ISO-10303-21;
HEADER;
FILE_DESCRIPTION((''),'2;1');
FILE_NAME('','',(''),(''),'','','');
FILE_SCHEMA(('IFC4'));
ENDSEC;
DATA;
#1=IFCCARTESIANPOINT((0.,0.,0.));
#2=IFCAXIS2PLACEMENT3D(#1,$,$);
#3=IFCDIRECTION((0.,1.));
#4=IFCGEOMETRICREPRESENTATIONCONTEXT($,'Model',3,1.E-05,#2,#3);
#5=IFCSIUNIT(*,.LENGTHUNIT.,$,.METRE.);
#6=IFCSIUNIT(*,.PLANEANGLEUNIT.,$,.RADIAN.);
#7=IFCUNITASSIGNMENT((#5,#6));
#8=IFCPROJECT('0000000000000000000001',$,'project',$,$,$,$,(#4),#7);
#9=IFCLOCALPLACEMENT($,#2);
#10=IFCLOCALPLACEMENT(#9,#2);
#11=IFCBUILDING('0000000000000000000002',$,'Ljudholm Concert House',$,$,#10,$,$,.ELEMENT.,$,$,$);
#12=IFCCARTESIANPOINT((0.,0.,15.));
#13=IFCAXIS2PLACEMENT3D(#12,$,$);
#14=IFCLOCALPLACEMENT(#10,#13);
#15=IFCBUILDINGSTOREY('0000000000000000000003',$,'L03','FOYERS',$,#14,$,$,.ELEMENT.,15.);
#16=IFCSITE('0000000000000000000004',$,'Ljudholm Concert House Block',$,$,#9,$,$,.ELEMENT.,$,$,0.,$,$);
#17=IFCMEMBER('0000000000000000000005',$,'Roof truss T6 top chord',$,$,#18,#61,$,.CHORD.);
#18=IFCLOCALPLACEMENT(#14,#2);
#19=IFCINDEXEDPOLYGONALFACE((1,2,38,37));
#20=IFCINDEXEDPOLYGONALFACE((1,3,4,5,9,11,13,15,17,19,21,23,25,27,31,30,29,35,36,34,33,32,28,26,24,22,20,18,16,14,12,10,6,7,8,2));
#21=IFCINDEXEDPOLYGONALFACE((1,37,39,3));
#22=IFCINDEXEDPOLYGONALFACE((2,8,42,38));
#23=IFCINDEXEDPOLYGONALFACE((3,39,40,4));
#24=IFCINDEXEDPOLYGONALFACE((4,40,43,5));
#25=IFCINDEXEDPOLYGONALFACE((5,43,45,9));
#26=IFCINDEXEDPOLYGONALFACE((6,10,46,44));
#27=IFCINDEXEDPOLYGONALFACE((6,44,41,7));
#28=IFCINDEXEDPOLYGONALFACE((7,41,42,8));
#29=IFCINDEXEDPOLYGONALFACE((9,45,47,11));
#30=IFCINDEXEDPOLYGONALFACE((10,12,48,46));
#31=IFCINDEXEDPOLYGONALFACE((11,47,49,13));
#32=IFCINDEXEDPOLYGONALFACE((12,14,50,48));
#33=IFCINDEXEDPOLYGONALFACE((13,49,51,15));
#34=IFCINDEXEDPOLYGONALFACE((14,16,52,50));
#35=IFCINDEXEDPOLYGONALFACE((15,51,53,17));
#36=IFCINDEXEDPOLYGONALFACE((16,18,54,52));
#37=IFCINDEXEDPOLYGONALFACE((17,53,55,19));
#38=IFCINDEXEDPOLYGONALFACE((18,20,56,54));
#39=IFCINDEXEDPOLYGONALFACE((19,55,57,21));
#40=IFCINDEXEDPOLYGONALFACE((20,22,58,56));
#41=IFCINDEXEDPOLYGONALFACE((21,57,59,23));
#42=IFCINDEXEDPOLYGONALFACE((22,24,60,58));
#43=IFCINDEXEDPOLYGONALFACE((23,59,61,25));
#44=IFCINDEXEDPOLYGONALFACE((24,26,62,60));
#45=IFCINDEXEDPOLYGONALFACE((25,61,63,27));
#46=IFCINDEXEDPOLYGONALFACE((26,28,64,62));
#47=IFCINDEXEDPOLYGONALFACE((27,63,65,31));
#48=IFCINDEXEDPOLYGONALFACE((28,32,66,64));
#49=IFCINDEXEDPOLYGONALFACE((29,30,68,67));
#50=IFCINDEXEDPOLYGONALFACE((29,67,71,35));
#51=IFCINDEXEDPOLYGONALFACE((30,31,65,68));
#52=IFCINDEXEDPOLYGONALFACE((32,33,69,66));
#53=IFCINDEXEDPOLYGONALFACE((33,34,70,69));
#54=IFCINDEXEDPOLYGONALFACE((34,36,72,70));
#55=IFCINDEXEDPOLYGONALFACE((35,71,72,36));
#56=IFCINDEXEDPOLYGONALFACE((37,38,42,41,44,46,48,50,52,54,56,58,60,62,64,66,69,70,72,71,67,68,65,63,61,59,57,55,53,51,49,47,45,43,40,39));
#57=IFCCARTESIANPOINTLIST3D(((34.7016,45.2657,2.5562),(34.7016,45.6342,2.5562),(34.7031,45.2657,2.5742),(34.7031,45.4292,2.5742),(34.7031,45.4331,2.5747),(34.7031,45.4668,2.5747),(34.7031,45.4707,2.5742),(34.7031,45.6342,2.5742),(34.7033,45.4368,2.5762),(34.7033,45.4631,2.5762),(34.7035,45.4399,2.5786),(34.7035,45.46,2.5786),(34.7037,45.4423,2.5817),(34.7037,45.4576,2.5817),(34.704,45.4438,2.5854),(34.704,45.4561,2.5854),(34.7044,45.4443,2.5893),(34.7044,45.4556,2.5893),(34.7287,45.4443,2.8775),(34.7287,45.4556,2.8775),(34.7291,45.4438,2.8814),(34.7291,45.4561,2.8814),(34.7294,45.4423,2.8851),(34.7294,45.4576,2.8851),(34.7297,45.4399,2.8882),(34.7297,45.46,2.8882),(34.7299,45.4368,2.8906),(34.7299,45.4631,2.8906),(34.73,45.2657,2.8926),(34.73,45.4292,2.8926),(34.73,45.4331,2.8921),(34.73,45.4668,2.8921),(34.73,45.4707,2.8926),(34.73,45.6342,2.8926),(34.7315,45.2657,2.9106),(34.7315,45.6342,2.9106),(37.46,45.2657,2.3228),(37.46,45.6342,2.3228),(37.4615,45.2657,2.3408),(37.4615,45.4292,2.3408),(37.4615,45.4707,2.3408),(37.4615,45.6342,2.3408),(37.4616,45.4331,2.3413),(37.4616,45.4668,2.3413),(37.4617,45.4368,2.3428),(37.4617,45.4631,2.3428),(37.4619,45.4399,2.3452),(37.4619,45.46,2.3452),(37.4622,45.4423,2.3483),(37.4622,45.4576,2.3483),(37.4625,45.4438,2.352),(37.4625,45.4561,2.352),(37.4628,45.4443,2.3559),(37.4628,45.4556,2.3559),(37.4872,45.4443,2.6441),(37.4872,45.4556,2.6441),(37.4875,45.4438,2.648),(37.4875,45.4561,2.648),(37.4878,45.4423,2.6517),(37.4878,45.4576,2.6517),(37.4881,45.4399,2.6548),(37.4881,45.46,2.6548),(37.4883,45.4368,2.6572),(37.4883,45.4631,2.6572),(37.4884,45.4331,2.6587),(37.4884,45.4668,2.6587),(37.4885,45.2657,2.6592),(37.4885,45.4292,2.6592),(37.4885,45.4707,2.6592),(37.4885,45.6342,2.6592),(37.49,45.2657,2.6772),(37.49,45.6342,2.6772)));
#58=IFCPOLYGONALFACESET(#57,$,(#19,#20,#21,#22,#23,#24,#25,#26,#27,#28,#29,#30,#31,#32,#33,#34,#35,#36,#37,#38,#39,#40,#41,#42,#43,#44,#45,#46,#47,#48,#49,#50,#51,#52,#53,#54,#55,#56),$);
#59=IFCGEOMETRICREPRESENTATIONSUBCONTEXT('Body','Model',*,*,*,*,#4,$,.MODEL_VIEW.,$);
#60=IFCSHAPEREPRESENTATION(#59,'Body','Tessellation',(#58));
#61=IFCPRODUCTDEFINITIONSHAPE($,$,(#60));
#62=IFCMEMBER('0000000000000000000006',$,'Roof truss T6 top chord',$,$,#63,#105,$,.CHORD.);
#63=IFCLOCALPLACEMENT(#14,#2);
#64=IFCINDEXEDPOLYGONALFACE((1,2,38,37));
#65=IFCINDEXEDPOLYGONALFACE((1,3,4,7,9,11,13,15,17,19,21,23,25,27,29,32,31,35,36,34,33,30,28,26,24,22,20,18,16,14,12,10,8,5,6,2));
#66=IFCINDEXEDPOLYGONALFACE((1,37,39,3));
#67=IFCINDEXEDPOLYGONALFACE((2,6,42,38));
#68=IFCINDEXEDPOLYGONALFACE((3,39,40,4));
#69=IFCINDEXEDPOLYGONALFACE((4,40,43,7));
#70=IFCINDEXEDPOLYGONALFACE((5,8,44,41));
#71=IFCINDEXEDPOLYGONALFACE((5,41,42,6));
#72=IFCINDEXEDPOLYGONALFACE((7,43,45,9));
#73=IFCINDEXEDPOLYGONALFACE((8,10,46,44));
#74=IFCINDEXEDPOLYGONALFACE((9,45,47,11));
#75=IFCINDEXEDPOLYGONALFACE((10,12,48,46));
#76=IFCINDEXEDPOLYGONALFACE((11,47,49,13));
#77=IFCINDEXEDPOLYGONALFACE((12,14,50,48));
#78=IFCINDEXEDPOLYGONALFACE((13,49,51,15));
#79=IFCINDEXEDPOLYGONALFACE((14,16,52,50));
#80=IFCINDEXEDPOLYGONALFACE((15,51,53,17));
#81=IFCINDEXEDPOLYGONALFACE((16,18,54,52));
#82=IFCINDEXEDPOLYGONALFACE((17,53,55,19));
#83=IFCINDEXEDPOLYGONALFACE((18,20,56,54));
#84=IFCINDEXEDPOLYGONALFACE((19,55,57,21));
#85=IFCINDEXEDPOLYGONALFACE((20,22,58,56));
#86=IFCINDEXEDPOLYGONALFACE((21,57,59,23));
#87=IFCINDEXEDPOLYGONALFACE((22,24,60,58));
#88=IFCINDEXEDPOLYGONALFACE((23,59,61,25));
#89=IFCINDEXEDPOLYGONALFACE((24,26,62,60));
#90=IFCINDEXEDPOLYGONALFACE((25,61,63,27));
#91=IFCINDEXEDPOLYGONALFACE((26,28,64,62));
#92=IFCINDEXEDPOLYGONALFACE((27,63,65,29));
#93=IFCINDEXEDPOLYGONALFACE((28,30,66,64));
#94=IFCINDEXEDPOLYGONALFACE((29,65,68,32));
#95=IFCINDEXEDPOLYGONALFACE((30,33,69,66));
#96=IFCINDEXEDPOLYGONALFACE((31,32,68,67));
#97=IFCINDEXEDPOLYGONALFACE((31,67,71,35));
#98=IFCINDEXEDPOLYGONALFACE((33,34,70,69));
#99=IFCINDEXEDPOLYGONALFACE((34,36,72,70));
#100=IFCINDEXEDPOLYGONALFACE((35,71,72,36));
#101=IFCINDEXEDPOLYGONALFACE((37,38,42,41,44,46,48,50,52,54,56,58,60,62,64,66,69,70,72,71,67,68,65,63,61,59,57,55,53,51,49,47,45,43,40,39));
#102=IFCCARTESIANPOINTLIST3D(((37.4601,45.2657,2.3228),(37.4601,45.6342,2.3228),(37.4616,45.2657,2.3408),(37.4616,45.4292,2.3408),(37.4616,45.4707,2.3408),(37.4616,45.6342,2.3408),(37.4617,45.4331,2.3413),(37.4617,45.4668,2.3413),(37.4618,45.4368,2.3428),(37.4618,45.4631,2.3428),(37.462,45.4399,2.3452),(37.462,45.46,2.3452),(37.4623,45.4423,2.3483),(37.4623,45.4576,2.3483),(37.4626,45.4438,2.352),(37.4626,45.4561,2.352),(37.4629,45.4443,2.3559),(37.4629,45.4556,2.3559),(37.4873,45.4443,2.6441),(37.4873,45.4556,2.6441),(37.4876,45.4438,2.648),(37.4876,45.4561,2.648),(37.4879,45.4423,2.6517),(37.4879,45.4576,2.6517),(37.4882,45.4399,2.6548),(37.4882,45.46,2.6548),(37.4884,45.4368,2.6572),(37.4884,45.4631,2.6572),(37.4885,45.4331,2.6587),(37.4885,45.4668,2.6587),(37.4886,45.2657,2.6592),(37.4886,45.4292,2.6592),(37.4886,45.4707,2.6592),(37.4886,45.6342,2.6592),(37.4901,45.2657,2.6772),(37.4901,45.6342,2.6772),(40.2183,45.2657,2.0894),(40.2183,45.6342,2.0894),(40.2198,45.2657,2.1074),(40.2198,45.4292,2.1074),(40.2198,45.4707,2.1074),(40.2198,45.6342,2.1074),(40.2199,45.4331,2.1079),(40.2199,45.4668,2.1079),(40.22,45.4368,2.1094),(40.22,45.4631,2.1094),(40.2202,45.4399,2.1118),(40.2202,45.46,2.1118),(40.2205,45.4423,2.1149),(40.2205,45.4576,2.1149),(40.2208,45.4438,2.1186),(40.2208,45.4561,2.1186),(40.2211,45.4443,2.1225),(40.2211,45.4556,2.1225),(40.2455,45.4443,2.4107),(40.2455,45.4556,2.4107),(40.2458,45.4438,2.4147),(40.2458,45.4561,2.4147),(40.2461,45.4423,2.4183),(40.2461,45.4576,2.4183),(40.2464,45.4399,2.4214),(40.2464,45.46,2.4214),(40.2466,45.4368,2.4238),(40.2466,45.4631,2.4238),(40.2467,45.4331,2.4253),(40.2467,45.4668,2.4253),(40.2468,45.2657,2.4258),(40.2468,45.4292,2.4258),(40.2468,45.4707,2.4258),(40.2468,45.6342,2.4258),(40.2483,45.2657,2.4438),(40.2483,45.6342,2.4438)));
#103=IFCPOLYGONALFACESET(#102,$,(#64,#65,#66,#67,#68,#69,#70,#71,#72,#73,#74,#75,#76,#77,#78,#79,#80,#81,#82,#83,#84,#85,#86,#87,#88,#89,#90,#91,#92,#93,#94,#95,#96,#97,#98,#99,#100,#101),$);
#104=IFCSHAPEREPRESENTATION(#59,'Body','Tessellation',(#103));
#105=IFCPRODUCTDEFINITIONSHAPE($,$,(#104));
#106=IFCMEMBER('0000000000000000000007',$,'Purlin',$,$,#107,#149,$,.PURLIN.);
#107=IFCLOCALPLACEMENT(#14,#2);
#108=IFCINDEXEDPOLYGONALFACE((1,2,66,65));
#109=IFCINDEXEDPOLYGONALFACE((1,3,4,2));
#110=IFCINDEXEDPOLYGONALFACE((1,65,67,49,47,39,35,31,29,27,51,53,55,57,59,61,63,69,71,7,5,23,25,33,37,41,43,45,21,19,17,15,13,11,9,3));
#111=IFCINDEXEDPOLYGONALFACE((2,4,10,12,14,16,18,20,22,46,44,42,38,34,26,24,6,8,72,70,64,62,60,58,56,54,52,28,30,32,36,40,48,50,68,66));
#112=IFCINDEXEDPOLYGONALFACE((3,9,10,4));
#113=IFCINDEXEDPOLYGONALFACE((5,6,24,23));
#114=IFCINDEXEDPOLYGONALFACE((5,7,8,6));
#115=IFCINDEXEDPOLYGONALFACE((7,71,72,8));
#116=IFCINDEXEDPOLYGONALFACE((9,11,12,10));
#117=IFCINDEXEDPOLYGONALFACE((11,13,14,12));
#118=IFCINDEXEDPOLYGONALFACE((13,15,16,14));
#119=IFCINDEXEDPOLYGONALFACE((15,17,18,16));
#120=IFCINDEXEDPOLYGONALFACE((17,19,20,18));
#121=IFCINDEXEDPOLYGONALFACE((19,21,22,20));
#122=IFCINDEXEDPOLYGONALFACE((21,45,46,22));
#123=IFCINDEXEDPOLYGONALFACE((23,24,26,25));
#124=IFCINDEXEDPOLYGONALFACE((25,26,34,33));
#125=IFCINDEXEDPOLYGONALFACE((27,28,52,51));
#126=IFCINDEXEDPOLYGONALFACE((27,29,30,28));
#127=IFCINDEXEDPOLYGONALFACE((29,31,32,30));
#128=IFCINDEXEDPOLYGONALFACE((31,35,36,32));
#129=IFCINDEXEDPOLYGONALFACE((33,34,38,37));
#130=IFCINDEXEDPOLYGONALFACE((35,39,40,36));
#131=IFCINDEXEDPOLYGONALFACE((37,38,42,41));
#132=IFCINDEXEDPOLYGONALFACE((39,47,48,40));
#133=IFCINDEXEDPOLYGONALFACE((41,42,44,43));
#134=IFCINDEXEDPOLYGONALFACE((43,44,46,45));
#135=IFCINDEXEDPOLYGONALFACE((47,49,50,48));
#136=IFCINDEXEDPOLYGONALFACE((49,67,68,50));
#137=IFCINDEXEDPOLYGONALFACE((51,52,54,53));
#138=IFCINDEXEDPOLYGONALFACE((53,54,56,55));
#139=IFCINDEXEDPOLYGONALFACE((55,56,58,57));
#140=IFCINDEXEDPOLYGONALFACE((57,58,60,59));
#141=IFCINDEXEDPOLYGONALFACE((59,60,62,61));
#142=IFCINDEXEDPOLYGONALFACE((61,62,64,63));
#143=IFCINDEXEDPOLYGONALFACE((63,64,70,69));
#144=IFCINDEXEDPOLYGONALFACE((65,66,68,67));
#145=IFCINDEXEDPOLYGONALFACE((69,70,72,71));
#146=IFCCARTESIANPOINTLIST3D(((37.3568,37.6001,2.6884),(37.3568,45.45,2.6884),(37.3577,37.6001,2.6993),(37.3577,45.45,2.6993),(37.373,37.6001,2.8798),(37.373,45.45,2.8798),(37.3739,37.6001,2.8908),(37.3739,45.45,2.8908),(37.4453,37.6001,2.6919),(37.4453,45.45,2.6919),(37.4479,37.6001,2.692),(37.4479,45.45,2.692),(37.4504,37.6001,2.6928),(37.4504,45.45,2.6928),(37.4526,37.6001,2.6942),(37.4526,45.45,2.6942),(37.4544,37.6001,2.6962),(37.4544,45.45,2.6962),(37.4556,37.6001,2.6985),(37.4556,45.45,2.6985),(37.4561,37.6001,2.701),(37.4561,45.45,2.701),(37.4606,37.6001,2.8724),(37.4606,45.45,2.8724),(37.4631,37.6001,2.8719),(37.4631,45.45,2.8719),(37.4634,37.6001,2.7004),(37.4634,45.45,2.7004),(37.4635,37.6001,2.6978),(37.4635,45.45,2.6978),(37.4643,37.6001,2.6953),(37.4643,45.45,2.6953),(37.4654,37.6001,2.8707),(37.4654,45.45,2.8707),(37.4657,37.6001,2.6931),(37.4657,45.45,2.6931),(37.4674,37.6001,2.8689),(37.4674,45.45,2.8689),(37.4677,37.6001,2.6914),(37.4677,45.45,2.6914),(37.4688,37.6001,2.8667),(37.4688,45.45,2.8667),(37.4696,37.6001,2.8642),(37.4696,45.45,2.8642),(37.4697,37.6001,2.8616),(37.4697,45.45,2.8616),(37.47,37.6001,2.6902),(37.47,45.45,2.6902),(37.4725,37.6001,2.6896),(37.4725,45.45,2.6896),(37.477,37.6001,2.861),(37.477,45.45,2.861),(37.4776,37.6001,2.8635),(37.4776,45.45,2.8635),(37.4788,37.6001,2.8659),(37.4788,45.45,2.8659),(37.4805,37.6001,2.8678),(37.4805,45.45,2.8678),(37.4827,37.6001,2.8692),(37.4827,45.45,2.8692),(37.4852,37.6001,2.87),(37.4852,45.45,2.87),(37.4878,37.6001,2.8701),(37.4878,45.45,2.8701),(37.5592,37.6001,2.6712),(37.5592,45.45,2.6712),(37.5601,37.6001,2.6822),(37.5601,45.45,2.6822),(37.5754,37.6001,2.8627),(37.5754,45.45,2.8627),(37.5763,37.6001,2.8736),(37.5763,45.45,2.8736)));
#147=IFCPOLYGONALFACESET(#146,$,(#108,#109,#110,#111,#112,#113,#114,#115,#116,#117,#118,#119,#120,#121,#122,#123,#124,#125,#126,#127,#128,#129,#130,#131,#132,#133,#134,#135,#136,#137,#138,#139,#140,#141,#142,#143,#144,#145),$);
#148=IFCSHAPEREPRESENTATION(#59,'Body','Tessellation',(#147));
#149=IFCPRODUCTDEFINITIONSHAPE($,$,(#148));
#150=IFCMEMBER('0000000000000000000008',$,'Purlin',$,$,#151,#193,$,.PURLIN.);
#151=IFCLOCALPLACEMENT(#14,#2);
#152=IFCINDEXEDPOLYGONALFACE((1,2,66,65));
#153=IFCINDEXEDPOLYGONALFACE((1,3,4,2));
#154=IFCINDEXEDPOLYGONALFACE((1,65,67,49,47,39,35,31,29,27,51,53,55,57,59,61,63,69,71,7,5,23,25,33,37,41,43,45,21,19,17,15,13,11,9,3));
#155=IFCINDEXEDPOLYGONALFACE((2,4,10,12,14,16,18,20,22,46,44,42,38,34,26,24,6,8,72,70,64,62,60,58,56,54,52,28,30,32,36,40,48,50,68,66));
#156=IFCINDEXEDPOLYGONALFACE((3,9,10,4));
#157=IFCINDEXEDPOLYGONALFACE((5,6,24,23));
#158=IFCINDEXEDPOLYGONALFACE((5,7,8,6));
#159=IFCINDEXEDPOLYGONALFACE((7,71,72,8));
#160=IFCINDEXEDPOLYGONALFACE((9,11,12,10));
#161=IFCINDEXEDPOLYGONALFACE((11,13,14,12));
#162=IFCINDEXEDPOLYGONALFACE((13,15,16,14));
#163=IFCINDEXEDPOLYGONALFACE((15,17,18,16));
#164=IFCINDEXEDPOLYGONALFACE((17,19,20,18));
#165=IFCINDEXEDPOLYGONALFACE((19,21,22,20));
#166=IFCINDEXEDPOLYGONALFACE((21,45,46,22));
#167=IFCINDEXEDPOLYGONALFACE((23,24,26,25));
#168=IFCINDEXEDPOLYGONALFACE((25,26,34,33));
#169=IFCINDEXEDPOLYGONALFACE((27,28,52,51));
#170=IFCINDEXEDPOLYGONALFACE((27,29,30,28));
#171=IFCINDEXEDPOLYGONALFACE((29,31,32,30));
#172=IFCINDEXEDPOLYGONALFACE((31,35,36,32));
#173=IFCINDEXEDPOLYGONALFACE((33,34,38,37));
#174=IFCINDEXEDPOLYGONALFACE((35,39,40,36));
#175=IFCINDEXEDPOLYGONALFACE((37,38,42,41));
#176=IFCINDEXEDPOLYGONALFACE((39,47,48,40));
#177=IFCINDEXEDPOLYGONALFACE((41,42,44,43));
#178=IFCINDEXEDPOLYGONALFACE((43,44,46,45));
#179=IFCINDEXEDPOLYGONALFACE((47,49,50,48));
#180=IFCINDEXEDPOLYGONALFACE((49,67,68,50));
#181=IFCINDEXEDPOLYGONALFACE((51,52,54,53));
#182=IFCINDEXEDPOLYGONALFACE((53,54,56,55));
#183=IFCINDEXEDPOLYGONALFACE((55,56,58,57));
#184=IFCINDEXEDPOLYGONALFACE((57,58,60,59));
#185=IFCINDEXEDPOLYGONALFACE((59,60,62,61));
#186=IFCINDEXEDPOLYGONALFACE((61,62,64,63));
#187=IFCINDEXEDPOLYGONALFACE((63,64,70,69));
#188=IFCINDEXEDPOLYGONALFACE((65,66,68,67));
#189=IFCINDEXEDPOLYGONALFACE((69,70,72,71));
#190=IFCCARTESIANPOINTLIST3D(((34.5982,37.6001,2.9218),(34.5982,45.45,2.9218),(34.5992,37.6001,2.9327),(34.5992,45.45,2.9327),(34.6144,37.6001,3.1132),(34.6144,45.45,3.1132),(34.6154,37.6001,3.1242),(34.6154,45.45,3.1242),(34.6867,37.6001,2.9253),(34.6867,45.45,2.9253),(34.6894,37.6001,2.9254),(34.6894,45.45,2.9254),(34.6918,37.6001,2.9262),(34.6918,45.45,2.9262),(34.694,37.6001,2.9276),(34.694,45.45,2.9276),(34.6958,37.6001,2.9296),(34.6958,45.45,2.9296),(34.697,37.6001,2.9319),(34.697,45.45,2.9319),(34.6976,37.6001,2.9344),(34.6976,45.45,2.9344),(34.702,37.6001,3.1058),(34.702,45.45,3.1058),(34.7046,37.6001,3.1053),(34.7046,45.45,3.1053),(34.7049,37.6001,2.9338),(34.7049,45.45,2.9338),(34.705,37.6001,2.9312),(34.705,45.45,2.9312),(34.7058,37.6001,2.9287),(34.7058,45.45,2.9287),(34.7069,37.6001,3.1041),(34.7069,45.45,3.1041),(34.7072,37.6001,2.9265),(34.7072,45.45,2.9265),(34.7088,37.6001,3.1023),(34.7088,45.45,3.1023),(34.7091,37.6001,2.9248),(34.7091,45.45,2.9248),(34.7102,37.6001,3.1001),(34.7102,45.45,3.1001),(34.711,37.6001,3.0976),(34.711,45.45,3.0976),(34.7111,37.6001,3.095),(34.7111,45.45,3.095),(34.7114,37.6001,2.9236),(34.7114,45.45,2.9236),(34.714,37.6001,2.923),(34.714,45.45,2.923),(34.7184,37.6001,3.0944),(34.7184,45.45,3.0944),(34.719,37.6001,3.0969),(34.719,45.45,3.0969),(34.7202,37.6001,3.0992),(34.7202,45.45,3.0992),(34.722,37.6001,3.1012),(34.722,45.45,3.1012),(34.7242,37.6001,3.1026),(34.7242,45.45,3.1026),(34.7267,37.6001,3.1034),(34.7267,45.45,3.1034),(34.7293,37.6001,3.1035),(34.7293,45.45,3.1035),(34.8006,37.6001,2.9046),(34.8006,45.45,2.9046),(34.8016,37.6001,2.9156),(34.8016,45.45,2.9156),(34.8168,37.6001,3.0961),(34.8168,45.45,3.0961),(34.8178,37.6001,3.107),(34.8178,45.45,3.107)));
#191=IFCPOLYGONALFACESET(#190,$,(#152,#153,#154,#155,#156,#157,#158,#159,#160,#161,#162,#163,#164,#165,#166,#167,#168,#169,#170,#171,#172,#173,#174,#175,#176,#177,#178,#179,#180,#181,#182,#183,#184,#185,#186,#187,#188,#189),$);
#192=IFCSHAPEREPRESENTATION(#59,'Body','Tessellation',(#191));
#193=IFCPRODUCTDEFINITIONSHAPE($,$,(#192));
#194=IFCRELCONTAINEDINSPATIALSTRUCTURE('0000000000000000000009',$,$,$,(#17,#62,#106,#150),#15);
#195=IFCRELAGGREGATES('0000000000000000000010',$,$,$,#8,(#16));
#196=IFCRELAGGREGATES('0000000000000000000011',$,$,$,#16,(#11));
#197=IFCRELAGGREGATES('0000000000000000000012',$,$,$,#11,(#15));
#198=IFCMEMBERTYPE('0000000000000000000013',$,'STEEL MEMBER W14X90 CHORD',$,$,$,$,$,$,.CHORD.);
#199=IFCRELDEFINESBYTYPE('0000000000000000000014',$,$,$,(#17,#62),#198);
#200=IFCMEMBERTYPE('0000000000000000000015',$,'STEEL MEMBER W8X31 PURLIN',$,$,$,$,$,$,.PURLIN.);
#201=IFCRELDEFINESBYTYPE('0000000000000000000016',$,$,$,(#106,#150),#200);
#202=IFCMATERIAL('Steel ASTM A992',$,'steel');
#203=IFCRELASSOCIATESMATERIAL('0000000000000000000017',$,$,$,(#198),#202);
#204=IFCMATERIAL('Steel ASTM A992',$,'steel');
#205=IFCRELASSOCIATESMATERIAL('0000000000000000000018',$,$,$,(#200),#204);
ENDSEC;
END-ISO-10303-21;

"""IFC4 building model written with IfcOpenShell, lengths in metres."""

from ifc_helpers import new_model, si_unit, direction, frame, origin, origin_2d, place, context, subcontext, project, spatial, i_section, extrude, material, material_profile, profile_set, type_object, element, save


model = new_model("IFC4")

# Units and contexts
model_context = context("Model", 3, precision=1e-05, world=origin(), true_north=direction((0.0, 1.0)))
body_context = subcontext(model_context, "Body", "Model", "MODEL_VIEW")
ifc_project = project(units=[si_unit("LENGTHUNIT", "METRE"), si_unit("PLANEANGLEUNIT", "RADIAN")], contexts=[model_context])

# Site, building, storey
site_placement = place(None, origin())
site = spatial("IfcSite", under=ifc_project, at=site_placement, Name="Ljudholm Concert House Block", CompositionType="ELEMENT", RefElevation=0.0)
building_placement = place(site_placement, origin())
building = spatial("IfcBuilding", under=site, at=building_placement, Name="Ljudholm Concert House", CompositionType="ELEMENT")
storey_placement = place(building_placement, frame((0.0, 0.0, 15.0)))
storey = spatial("IfcBuildingStorey", under=building, at=storey_placement, Name="L03", Description="FOYERS", CompositionType="ELEMENT", Elevation=15.0)

# Members
ifc_material_1 = material(Name="Steel ASTM A992", Category="steel")
ifc_material_profile_1 = material_profile(ifc_material_1, i_section(OverallWidth=0.3684, OverallDepth=0.3557, WebThickness=0.0112, FlangeThickness=0.0181, FilletRadius=0.0151, at=origin_2d()), Name="W14X90")
ifc_profile_set_1 = profile_set([ifc_material_profile_1], Name="Steel ASTM A992")
member_type_1 = type_object("IfcMemberType", Name="STEEL MEMBER W14X90 CHORD", PredefinedType="CHORD", material=ifc_profile_set_1)
member_1_placement = place(storey_placement, frame((34.7166, 45.45, 2.7334), z_axis=(0.99644, 0.0, -0.084308), x_axis=(0.0, 1.0, 0.0)))
element("IfcMember", 1, at=member_1_placement, inside=storey, type_object=member_type_1, Name="Roof truss T6 top chord", PredefinedType="CHORD", context=body_context, shape_type="SweptSolid", body=[
    extrude(i_section(OverallWidth=0.3684, OverallDepth=0.3557, WebThickness=0.0112, FlangeThickness=0.0181, FilletRadius=0.0151, at=origin_2d()), origin(), (0.0, 0.0, 1.0), 2.7683),
])
member_2_placement = place(storey_placement, frame((37.4751, 45.45, 2.5), z_axis=(0.996439, 0.0, -0.084315), x_axis=(0.0, 1.0, 0.0)))
element("IfcMember", 2, at=member_2_placement, inside=storey, type_object=member_type_1, Name="Roof truss T6 top chord", PredefinedType="CHORD", context=body_context, shape_type="SweptSolid", body=[
    extrude(i_section(OverallWidth=0.3684, OverallDepth=0.3557, WebThickness=0.0112, FlangeThickness=0.0181, FilletRadius=0.0151, at=origin_2d()), origin(), (0.0, 0.0, 1.0), 2.7681),
])
ifc_material_2 = material(Name="Steel ASTM A992", Category="steel")
ifc_material_profile_2 = material_profile(ifc_material_2, i_section(OverallWidth=0.2031, OverallDepth=0.2031, WebThickness=0.0073, FlangeThickness=0.011, FilletRadius=0.01, at=origin_2d()), Name="W8X31")
ifc_profile_set_2 = profile_set([ifc_material_profile_2], Name="Steel ASTM A992")
member_type_2 = type_object("IfcMemberType", Name="STEEL MEMBER W8X31 PURLIN", PredefinedType="PURLIN", material=ifc_profile_set_2)
for number, where, z_axis, x_axis, name in (
    (3, (37.4666, 37.6001, 2.781), (0.0, 1.0, 0.0), (-0.996441, 0.0, 0.084291), "Purlin"),
    (4, (34.708, 37.6001, 3.0144), (0.0, 1.0, 0.0), (-0.996441, 0.0, 0.084291), "Purlin"),
):
    element("IfcMember", number, at=place(storey_placement, frame(where, z_axis=z_axis, x_axis=x_axis)), inside=storey, type_object=member_type_2, Name=name, PredefinedType="PURLIN", context=body_context, shape_type="SweptSolid", body=[
        extrude(i_section(OverallWidth=0.2031, OverallDepth=0.2031, WebThickness=0.0073, FlangeThickness=0.011, FilletRadius=0.01, at=origin_2d()), origin(), (0.0, 0.0, 1.0), 7.8499),
    ])

save(model, "model.ifc")
